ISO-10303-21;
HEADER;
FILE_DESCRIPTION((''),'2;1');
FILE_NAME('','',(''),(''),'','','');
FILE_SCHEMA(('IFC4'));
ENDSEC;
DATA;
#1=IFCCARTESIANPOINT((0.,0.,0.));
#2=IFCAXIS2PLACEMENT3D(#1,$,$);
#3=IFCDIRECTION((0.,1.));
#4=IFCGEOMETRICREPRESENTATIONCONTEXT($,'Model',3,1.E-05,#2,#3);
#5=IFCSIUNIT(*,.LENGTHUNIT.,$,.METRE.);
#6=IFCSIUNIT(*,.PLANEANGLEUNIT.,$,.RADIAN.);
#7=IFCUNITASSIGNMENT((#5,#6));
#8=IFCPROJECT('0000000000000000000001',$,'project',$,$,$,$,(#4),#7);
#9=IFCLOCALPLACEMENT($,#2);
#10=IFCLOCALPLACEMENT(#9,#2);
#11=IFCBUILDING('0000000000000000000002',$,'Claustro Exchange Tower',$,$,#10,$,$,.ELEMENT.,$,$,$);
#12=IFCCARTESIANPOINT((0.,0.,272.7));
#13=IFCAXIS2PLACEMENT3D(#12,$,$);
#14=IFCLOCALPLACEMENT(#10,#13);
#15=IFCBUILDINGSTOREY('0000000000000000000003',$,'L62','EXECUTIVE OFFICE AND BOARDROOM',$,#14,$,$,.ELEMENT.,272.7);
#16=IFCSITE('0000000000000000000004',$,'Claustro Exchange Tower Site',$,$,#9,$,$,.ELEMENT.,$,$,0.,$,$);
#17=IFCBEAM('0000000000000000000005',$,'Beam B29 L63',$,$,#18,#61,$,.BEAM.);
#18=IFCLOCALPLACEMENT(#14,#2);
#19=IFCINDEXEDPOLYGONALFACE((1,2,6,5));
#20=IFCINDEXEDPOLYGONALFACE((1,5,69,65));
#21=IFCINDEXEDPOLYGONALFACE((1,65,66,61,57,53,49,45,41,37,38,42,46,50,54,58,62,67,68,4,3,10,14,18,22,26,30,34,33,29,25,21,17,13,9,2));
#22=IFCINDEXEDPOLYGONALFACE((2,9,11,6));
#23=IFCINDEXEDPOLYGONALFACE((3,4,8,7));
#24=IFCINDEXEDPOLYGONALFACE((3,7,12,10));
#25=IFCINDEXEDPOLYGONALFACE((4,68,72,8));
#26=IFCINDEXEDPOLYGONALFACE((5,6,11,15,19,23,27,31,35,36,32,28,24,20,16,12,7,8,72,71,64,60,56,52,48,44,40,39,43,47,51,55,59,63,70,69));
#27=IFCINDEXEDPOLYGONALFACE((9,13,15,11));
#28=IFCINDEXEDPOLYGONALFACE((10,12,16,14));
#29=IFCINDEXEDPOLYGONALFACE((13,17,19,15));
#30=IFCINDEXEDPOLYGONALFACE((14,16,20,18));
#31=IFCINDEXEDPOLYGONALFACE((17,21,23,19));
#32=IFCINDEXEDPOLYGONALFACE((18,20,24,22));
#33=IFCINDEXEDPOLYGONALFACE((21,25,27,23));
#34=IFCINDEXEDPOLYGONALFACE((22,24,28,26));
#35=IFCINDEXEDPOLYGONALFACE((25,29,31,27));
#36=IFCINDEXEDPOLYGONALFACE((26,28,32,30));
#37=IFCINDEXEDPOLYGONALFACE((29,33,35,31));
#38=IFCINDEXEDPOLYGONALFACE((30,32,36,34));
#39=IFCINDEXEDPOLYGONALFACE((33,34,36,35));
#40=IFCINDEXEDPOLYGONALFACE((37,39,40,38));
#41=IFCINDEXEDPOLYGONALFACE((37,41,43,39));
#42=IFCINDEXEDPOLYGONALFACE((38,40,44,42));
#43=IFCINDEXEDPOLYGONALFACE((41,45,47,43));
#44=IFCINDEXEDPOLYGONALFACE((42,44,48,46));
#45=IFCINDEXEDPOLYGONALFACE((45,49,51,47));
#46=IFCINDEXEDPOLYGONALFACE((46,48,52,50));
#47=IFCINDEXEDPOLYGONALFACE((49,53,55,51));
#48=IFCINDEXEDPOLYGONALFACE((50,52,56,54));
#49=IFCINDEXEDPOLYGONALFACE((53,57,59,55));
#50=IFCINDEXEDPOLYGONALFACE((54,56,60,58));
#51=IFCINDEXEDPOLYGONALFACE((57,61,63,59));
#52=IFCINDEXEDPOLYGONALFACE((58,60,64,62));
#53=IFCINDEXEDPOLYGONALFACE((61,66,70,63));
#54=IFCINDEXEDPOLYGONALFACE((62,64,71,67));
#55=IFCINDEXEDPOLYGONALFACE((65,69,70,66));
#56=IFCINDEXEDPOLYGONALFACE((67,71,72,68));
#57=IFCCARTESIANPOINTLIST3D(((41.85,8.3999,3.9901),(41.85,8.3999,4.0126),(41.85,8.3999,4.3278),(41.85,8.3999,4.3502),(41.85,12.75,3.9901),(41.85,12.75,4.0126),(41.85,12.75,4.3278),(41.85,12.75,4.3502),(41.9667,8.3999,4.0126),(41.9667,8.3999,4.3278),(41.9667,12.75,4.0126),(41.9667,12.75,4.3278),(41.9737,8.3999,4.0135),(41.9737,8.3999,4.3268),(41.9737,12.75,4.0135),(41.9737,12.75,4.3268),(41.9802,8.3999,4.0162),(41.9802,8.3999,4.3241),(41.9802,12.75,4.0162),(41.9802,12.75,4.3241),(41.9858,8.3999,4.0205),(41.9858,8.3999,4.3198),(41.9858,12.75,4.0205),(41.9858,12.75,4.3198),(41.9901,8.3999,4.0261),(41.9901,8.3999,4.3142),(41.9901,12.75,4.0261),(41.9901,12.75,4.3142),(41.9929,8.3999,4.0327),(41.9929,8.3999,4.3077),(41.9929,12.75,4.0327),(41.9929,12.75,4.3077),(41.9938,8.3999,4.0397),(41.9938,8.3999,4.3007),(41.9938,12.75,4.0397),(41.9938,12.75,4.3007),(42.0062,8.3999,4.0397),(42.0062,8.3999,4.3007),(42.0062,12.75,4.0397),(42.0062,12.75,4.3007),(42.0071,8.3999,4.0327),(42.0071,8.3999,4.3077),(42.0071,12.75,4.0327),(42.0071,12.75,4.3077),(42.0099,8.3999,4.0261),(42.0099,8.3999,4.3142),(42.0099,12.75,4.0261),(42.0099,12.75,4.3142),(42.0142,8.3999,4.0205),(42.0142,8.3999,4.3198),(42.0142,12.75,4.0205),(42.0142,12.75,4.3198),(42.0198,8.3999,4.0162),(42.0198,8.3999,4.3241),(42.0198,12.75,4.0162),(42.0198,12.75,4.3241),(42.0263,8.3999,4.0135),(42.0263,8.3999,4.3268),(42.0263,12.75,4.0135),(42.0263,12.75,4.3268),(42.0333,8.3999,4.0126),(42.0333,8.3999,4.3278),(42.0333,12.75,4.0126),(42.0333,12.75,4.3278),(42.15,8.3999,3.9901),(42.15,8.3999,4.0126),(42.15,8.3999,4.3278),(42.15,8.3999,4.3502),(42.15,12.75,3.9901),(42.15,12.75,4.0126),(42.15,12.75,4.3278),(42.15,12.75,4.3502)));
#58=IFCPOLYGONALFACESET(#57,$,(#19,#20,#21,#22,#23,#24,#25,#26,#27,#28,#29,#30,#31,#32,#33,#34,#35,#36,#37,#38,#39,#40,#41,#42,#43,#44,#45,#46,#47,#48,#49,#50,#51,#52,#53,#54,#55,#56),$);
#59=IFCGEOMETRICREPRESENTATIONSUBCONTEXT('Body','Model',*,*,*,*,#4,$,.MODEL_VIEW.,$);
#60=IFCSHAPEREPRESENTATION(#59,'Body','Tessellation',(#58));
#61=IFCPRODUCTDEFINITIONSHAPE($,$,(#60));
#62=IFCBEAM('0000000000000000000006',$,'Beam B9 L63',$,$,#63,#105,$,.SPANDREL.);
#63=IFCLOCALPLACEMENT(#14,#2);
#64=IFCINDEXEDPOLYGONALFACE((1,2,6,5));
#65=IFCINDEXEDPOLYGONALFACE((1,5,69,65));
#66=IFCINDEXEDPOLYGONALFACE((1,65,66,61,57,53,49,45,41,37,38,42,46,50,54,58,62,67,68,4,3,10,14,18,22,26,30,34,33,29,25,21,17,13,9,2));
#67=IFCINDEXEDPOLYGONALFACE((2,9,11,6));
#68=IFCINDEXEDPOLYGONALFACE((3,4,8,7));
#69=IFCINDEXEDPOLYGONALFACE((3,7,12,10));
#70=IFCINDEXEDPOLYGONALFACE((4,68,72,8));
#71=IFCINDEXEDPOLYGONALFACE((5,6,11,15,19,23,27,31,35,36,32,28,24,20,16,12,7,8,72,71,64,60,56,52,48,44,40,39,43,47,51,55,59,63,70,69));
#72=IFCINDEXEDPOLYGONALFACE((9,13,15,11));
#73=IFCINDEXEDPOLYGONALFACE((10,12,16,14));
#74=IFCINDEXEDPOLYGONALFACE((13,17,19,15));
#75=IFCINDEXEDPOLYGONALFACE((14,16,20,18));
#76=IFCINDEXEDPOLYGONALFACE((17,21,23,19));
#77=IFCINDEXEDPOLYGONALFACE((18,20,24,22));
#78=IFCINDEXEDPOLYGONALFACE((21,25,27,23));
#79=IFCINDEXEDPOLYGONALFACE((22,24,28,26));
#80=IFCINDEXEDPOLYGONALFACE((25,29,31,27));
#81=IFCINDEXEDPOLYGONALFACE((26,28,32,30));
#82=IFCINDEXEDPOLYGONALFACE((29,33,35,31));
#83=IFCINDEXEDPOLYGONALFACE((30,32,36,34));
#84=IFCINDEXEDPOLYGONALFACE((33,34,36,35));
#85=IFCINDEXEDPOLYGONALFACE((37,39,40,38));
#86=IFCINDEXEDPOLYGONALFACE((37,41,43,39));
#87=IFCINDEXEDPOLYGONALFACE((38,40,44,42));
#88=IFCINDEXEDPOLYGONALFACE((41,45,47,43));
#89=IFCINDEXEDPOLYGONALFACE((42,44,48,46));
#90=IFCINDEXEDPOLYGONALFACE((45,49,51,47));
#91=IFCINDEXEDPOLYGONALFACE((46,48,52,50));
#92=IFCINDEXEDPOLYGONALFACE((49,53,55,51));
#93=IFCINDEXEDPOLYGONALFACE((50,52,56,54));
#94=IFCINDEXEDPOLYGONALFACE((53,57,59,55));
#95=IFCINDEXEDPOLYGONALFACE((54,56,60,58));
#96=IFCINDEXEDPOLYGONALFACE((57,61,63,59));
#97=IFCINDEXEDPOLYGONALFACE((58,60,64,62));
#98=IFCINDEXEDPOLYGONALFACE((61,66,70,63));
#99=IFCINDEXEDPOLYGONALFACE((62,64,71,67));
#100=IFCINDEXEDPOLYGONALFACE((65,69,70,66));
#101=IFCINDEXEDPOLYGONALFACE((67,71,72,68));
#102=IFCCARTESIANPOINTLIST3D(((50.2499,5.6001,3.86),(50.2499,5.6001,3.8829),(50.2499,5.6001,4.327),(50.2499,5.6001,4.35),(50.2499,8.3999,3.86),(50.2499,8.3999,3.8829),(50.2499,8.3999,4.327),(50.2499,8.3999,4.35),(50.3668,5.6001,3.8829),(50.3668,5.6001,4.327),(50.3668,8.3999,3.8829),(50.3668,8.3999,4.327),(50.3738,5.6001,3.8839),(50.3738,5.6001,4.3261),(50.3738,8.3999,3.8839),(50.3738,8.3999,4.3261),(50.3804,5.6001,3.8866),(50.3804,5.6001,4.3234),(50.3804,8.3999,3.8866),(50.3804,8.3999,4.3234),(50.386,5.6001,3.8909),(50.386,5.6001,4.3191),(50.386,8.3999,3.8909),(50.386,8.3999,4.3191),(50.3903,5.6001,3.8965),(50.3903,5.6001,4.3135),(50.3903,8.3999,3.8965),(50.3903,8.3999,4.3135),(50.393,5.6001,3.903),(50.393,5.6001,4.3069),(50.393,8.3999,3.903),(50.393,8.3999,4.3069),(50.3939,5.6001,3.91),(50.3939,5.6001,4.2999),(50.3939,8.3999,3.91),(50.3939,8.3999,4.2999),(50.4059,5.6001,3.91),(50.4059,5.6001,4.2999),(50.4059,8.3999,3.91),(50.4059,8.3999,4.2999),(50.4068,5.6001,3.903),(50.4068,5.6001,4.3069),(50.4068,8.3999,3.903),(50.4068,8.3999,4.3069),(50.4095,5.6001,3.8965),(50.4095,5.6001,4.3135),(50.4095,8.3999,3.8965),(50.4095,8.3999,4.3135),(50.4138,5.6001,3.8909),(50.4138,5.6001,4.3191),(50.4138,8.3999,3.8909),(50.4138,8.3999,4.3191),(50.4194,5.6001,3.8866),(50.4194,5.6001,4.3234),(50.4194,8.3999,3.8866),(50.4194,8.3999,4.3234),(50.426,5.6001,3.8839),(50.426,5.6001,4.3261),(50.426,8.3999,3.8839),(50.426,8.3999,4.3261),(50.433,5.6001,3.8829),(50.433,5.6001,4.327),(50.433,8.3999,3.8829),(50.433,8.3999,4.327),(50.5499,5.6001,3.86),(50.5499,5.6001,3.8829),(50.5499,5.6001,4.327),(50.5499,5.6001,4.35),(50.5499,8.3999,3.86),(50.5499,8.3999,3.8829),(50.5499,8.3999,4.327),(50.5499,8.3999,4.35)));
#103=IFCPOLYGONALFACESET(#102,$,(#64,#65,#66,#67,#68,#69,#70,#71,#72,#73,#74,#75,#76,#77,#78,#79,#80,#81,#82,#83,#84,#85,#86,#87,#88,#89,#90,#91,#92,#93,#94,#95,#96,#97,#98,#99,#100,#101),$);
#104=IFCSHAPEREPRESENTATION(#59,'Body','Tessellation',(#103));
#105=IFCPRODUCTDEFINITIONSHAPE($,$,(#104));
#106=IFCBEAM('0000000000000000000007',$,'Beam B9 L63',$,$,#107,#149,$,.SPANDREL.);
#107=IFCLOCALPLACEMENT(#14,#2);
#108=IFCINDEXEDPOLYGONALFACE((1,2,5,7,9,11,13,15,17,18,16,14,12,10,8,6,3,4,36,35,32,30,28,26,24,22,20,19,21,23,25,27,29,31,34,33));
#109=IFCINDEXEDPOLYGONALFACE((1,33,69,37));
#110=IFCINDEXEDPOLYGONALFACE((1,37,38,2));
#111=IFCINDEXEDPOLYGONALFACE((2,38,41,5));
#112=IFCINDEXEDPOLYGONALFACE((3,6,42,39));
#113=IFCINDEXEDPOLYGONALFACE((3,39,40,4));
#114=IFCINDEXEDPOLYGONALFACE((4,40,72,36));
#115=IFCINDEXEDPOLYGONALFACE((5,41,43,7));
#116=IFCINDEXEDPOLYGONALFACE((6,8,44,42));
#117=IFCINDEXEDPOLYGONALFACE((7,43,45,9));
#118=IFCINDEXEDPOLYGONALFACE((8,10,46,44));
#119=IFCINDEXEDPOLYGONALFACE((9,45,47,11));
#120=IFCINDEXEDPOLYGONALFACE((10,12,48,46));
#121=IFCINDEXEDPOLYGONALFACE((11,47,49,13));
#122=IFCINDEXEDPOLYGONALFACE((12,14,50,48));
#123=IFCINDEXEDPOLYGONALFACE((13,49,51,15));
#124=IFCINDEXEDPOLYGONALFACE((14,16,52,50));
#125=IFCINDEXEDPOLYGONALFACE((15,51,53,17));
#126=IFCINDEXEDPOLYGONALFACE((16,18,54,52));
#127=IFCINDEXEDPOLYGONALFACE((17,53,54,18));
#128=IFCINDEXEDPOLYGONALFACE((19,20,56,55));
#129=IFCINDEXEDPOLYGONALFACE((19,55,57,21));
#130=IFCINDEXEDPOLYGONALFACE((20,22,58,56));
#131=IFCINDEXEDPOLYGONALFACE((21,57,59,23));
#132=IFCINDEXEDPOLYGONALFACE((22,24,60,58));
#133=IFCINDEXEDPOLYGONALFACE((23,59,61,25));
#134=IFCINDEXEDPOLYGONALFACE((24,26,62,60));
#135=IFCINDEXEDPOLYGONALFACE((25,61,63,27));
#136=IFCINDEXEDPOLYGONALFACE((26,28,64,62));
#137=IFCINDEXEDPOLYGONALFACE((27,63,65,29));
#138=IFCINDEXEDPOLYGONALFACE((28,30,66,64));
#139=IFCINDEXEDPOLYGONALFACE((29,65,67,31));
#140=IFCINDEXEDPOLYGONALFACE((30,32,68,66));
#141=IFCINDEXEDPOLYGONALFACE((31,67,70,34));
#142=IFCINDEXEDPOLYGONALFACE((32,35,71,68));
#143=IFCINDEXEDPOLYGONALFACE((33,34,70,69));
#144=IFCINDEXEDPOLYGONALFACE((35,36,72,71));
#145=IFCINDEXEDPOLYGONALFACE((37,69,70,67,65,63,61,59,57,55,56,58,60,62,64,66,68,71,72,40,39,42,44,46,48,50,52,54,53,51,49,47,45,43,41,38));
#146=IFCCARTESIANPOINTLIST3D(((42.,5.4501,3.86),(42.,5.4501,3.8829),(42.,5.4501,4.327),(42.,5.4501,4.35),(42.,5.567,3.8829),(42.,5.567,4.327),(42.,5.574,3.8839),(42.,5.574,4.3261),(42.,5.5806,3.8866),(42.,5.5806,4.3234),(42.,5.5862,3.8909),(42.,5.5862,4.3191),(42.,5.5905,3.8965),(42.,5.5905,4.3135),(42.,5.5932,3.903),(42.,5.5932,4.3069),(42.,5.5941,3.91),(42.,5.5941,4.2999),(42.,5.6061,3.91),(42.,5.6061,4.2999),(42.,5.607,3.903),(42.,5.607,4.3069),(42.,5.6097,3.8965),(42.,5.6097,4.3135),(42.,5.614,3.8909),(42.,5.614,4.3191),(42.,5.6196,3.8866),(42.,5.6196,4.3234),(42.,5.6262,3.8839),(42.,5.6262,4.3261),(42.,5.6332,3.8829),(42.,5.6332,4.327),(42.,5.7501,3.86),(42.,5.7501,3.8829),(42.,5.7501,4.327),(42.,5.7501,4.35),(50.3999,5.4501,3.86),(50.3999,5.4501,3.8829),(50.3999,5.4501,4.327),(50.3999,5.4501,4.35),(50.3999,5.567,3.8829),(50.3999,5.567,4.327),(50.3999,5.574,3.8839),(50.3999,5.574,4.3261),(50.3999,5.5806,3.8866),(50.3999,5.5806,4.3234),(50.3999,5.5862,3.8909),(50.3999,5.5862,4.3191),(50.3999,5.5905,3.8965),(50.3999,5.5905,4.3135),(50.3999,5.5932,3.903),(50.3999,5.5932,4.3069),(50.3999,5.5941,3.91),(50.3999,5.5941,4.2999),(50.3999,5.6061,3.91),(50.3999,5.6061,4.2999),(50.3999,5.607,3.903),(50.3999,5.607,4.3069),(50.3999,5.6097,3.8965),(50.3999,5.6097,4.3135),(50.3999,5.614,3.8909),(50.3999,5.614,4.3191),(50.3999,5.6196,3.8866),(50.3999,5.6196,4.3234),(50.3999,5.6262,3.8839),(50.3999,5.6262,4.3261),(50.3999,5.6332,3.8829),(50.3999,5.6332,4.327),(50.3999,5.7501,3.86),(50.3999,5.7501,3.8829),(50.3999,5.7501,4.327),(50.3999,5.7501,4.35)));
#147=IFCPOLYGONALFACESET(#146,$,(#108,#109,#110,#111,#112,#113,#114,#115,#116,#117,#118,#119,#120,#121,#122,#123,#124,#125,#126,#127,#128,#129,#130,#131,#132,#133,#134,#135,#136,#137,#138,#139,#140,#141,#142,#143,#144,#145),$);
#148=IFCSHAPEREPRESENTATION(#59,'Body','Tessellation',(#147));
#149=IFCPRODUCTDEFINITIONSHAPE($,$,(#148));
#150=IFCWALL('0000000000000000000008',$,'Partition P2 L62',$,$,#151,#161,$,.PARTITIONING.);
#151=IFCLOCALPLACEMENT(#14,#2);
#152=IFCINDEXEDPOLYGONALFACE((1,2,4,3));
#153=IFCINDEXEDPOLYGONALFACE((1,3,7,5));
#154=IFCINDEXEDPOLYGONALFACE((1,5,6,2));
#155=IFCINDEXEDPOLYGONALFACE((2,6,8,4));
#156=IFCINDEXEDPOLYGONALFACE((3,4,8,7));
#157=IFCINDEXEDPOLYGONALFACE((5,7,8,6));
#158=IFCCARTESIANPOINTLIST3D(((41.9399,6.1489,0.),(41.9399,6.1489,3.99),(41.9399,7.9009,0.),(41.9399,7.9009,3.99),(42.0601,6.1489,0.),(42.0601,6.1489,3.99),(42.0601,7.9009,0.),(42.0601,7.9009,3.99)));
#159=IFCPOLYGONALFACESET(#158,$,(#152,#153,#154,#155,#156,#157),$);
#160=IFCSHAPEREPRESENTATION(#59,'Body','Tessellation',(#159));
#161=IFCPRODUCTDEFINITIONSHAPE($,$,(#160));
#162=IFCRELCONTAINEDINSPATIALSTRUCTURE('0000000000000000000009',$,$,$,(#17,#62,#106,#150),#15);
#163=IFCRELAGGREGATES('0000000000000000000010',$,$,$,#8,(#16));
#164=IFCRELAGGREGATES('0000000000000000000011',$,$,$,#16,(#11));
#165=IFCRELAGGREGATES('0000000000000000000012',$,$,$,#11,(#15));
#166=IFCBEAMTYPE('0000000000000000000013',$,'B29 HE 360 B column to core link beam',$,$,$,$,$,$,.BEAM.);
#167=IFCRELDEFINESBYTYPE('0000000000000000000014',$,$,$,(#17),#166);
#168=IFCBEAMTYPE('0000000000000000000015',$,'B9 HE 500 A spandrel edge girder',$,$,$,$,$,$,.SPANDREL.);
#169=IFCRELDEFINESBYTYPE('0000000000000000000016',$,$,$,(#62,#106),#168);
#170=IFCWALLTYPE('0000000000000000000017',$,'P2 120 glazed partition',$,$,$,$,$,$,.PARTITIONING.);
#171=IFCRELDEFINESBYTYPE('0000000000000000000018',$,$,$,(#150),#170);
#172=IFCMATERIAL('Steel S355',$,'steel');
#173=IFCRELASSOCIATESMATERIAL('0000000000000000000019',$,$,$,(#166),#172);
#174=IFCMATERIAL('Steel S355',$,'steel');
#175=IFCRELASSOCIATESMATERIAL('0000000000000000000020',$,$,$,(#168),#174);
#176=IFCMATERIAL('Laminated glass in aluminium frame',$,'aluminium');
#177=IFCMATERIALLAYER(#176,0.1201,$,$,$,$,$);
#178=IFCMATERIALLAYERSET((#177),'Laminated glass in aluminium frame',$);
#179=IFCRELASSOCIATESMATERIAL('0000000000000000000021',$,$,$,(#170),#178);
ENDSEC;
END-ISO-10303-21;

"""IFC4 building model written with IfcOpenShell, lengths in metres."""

from ifc_helpers import new_model, si_unit, direction, frame, frame_2d, origin, origin_2d, place, context, subcontext, project, spatial, rectangle, i_section, extrude, material, layer, layer_set, material_profile, profile_set, type_object, element, save


model = new_model("IFC4")

# Units and contexts
model_context = context("Model", 3, precision=1e-05, world=origin(), true_north=direction((0.0, 1.0)))
body_context = subcontext(model_context, "Body", "Model", "MODEL_VIEW")
ifc_project = project(units=[si_unit("LENGTHUNIT", "METRE"), si_unit("PLANEANGLEUNIT", "RADIAN")], contexts=[model_context])

# Site, building, storey
site_placement = place(None, origin())
site = spatial("IfcSite", under=ifc_project, at=site_placement, Name="Claustro Exchange Tower Site", CompositionType="ELEMENT", RefElevation=0.0)
building_placement = place(site_placement, origin())
building = spatial("IfcBuilding", under=site, at=building_placement, Name="Claustro Exchange Tower", CompositionType="ELEMENT")
storey_placement = place(building_placement, frame((0.0, 0.0, 272.7)))
storey = spatial("IfcBuildingStorey", under=building, at=storey_placement, Name="L62", Description="EXECUTIVE OFFICE AND BOARDROOM", CompositionType="ELEMENT", Elevation=272.7)

# Beams
ifc_material_1 = material(Name="Steel S355", Category="steel")
ifc_material_profile_1 = material_profile(ifc_material_1, i_section(OverallWidth=0.3, OverallDepth=0.3601, WebThickness=0.0125, FlangeThickness=0.0225, FilletRadius=0.0271, at=origin_2d()), Name="HE 360 B")
ifc_profile_set_1 = profile_set([ifc_material_profile_1], Name="Steel S355")
beam_type_1 = type_object("IfcBeamType", Name="B29 HE 360 B column to core link beam", PredefinedType="BEAM", material=ifc_profile_set_1)
beam_1_placement = place(storey_placement, frame((42.0, 8.3999, 4.1702), z_axis=(0.0, 1.0, 0.0), x_axis=(-1.0, 0.0, 0.0)))
element("IfcBeam", 1, at=beam_1_placement, inside=storey, type_object=beam_type_1, Name="Beam B29 L63", PredefinedType="BEAM", context=body_context, shape_type="SweptSolid", body=[
    extrude(i_section(OverallWidth=0.3, OverallDepth=0.3601, WebThickness=0.0125, FlangeThickness=0.0225, FilletRadius=0.0271, at=origin_2d()), origin(), (0.0, 0.0, 1.0), 4.3501),
])
ifc_material_2 = material(Name="Steel S355", Category="steel")
ifc_material_profile_2 = material_profile(ifc_material_2, i_section(OverallWidth=0.3, OverallDepth=0.49, WebThickness=0.012, FlangeThickness=0.0229, FilletRadius=0.0271, at=origin_2d()), Name="HE 500 A")
ifc_profile_set_2 = profile_set([ifc_material_profile_2], Name="Steel S355")
beam_type_2 = type_object("IfcBeamType", Name="B9 HE 500 A spandrel edge girder", PredefinedType="SPANDREL", material=ifc_profile_set_2)
beam_2_placement = place(storey_placement, frame((50.3999, 5.6001, 4.105), z_axis=(0.0, 1.0, 0.0), x_axis=(-1.0, 0.0, 0.0)))
element("IfcBeam", 2, at=beam_2_placement, inside=storey, type_object=beam_type_2, Name="Beam B9 L63", PredefinedType="SPANDREL", context=body_context, shape_type="SweptSolid", body=[
    extrude(i_section(OverallWidth=0.3, OverallDepth=0.49, WebThickness=0.012, FlangeThickness=0.0229, FilletRadius=0.0271, at=origin_2d()), origin(), (0.0, 0.0, 1.0), 2.7998),
])
beam_3_placement = place(storey_placement, frame((42.0, 5.6001, 4.105), z_axis=(1.0, 0.0, 0.0), x_axis=(0.0, 1.0, 0.0)))
element("IfcBeam", 3, at=beam_3_placement, inside=storey, type_object=beam_type_2, Name="Beam B9 L63", PredefinedType="SPANDREL", context=body_context, shape_type="SweptSolid", body=[
    extrude(i_section(OverallWidth=0.3, OverallDepth=0.49, WebThickness=0.012, FlangeThickness=0.0229, FilletRadius=0.0271, at=origin_2d()), origin(), (0.0, 0.0, 1.0), 8.3999),
])

# Wall
ifc_material_3 = material(Name="Laminated glass in aluminium frame", Category="aluminium")
ifc_layer_1 = layer(ifc_material_3, 0.1201)
ifc_layer_set_1 = layer_set([ifc_layer_1], Name="Laminated glass in aluminium frame")
wall_type_1 = type_object("IfcWallType", Name="P2 120 glazed partition", PredefinedType="PARTITIONING", material=ifc_layer_set_1)
wall_1_placement = place(storey_placement, frame((42.0, 6.1489, 0.0), z_axis=(0.0, 0.0, 1.0), x_axis=(0.0, 1.0, 0.0)))
element("IfcWall", 4, at=wall_1_placement, inside=storey, type_object=wall_type_1, Name="Partition P2 L62", PredefinedType="PARTITIONING", context=body_context, shape_type="SweptSolid", body=[
    extrude(rectangle(XDim=1.752, YDim=0.1201, at=frame_2d((0.876, 0.0))), origin(), (0.0, 0.0, 1.0), 3.99),
])

save(model, "model.ifc")
